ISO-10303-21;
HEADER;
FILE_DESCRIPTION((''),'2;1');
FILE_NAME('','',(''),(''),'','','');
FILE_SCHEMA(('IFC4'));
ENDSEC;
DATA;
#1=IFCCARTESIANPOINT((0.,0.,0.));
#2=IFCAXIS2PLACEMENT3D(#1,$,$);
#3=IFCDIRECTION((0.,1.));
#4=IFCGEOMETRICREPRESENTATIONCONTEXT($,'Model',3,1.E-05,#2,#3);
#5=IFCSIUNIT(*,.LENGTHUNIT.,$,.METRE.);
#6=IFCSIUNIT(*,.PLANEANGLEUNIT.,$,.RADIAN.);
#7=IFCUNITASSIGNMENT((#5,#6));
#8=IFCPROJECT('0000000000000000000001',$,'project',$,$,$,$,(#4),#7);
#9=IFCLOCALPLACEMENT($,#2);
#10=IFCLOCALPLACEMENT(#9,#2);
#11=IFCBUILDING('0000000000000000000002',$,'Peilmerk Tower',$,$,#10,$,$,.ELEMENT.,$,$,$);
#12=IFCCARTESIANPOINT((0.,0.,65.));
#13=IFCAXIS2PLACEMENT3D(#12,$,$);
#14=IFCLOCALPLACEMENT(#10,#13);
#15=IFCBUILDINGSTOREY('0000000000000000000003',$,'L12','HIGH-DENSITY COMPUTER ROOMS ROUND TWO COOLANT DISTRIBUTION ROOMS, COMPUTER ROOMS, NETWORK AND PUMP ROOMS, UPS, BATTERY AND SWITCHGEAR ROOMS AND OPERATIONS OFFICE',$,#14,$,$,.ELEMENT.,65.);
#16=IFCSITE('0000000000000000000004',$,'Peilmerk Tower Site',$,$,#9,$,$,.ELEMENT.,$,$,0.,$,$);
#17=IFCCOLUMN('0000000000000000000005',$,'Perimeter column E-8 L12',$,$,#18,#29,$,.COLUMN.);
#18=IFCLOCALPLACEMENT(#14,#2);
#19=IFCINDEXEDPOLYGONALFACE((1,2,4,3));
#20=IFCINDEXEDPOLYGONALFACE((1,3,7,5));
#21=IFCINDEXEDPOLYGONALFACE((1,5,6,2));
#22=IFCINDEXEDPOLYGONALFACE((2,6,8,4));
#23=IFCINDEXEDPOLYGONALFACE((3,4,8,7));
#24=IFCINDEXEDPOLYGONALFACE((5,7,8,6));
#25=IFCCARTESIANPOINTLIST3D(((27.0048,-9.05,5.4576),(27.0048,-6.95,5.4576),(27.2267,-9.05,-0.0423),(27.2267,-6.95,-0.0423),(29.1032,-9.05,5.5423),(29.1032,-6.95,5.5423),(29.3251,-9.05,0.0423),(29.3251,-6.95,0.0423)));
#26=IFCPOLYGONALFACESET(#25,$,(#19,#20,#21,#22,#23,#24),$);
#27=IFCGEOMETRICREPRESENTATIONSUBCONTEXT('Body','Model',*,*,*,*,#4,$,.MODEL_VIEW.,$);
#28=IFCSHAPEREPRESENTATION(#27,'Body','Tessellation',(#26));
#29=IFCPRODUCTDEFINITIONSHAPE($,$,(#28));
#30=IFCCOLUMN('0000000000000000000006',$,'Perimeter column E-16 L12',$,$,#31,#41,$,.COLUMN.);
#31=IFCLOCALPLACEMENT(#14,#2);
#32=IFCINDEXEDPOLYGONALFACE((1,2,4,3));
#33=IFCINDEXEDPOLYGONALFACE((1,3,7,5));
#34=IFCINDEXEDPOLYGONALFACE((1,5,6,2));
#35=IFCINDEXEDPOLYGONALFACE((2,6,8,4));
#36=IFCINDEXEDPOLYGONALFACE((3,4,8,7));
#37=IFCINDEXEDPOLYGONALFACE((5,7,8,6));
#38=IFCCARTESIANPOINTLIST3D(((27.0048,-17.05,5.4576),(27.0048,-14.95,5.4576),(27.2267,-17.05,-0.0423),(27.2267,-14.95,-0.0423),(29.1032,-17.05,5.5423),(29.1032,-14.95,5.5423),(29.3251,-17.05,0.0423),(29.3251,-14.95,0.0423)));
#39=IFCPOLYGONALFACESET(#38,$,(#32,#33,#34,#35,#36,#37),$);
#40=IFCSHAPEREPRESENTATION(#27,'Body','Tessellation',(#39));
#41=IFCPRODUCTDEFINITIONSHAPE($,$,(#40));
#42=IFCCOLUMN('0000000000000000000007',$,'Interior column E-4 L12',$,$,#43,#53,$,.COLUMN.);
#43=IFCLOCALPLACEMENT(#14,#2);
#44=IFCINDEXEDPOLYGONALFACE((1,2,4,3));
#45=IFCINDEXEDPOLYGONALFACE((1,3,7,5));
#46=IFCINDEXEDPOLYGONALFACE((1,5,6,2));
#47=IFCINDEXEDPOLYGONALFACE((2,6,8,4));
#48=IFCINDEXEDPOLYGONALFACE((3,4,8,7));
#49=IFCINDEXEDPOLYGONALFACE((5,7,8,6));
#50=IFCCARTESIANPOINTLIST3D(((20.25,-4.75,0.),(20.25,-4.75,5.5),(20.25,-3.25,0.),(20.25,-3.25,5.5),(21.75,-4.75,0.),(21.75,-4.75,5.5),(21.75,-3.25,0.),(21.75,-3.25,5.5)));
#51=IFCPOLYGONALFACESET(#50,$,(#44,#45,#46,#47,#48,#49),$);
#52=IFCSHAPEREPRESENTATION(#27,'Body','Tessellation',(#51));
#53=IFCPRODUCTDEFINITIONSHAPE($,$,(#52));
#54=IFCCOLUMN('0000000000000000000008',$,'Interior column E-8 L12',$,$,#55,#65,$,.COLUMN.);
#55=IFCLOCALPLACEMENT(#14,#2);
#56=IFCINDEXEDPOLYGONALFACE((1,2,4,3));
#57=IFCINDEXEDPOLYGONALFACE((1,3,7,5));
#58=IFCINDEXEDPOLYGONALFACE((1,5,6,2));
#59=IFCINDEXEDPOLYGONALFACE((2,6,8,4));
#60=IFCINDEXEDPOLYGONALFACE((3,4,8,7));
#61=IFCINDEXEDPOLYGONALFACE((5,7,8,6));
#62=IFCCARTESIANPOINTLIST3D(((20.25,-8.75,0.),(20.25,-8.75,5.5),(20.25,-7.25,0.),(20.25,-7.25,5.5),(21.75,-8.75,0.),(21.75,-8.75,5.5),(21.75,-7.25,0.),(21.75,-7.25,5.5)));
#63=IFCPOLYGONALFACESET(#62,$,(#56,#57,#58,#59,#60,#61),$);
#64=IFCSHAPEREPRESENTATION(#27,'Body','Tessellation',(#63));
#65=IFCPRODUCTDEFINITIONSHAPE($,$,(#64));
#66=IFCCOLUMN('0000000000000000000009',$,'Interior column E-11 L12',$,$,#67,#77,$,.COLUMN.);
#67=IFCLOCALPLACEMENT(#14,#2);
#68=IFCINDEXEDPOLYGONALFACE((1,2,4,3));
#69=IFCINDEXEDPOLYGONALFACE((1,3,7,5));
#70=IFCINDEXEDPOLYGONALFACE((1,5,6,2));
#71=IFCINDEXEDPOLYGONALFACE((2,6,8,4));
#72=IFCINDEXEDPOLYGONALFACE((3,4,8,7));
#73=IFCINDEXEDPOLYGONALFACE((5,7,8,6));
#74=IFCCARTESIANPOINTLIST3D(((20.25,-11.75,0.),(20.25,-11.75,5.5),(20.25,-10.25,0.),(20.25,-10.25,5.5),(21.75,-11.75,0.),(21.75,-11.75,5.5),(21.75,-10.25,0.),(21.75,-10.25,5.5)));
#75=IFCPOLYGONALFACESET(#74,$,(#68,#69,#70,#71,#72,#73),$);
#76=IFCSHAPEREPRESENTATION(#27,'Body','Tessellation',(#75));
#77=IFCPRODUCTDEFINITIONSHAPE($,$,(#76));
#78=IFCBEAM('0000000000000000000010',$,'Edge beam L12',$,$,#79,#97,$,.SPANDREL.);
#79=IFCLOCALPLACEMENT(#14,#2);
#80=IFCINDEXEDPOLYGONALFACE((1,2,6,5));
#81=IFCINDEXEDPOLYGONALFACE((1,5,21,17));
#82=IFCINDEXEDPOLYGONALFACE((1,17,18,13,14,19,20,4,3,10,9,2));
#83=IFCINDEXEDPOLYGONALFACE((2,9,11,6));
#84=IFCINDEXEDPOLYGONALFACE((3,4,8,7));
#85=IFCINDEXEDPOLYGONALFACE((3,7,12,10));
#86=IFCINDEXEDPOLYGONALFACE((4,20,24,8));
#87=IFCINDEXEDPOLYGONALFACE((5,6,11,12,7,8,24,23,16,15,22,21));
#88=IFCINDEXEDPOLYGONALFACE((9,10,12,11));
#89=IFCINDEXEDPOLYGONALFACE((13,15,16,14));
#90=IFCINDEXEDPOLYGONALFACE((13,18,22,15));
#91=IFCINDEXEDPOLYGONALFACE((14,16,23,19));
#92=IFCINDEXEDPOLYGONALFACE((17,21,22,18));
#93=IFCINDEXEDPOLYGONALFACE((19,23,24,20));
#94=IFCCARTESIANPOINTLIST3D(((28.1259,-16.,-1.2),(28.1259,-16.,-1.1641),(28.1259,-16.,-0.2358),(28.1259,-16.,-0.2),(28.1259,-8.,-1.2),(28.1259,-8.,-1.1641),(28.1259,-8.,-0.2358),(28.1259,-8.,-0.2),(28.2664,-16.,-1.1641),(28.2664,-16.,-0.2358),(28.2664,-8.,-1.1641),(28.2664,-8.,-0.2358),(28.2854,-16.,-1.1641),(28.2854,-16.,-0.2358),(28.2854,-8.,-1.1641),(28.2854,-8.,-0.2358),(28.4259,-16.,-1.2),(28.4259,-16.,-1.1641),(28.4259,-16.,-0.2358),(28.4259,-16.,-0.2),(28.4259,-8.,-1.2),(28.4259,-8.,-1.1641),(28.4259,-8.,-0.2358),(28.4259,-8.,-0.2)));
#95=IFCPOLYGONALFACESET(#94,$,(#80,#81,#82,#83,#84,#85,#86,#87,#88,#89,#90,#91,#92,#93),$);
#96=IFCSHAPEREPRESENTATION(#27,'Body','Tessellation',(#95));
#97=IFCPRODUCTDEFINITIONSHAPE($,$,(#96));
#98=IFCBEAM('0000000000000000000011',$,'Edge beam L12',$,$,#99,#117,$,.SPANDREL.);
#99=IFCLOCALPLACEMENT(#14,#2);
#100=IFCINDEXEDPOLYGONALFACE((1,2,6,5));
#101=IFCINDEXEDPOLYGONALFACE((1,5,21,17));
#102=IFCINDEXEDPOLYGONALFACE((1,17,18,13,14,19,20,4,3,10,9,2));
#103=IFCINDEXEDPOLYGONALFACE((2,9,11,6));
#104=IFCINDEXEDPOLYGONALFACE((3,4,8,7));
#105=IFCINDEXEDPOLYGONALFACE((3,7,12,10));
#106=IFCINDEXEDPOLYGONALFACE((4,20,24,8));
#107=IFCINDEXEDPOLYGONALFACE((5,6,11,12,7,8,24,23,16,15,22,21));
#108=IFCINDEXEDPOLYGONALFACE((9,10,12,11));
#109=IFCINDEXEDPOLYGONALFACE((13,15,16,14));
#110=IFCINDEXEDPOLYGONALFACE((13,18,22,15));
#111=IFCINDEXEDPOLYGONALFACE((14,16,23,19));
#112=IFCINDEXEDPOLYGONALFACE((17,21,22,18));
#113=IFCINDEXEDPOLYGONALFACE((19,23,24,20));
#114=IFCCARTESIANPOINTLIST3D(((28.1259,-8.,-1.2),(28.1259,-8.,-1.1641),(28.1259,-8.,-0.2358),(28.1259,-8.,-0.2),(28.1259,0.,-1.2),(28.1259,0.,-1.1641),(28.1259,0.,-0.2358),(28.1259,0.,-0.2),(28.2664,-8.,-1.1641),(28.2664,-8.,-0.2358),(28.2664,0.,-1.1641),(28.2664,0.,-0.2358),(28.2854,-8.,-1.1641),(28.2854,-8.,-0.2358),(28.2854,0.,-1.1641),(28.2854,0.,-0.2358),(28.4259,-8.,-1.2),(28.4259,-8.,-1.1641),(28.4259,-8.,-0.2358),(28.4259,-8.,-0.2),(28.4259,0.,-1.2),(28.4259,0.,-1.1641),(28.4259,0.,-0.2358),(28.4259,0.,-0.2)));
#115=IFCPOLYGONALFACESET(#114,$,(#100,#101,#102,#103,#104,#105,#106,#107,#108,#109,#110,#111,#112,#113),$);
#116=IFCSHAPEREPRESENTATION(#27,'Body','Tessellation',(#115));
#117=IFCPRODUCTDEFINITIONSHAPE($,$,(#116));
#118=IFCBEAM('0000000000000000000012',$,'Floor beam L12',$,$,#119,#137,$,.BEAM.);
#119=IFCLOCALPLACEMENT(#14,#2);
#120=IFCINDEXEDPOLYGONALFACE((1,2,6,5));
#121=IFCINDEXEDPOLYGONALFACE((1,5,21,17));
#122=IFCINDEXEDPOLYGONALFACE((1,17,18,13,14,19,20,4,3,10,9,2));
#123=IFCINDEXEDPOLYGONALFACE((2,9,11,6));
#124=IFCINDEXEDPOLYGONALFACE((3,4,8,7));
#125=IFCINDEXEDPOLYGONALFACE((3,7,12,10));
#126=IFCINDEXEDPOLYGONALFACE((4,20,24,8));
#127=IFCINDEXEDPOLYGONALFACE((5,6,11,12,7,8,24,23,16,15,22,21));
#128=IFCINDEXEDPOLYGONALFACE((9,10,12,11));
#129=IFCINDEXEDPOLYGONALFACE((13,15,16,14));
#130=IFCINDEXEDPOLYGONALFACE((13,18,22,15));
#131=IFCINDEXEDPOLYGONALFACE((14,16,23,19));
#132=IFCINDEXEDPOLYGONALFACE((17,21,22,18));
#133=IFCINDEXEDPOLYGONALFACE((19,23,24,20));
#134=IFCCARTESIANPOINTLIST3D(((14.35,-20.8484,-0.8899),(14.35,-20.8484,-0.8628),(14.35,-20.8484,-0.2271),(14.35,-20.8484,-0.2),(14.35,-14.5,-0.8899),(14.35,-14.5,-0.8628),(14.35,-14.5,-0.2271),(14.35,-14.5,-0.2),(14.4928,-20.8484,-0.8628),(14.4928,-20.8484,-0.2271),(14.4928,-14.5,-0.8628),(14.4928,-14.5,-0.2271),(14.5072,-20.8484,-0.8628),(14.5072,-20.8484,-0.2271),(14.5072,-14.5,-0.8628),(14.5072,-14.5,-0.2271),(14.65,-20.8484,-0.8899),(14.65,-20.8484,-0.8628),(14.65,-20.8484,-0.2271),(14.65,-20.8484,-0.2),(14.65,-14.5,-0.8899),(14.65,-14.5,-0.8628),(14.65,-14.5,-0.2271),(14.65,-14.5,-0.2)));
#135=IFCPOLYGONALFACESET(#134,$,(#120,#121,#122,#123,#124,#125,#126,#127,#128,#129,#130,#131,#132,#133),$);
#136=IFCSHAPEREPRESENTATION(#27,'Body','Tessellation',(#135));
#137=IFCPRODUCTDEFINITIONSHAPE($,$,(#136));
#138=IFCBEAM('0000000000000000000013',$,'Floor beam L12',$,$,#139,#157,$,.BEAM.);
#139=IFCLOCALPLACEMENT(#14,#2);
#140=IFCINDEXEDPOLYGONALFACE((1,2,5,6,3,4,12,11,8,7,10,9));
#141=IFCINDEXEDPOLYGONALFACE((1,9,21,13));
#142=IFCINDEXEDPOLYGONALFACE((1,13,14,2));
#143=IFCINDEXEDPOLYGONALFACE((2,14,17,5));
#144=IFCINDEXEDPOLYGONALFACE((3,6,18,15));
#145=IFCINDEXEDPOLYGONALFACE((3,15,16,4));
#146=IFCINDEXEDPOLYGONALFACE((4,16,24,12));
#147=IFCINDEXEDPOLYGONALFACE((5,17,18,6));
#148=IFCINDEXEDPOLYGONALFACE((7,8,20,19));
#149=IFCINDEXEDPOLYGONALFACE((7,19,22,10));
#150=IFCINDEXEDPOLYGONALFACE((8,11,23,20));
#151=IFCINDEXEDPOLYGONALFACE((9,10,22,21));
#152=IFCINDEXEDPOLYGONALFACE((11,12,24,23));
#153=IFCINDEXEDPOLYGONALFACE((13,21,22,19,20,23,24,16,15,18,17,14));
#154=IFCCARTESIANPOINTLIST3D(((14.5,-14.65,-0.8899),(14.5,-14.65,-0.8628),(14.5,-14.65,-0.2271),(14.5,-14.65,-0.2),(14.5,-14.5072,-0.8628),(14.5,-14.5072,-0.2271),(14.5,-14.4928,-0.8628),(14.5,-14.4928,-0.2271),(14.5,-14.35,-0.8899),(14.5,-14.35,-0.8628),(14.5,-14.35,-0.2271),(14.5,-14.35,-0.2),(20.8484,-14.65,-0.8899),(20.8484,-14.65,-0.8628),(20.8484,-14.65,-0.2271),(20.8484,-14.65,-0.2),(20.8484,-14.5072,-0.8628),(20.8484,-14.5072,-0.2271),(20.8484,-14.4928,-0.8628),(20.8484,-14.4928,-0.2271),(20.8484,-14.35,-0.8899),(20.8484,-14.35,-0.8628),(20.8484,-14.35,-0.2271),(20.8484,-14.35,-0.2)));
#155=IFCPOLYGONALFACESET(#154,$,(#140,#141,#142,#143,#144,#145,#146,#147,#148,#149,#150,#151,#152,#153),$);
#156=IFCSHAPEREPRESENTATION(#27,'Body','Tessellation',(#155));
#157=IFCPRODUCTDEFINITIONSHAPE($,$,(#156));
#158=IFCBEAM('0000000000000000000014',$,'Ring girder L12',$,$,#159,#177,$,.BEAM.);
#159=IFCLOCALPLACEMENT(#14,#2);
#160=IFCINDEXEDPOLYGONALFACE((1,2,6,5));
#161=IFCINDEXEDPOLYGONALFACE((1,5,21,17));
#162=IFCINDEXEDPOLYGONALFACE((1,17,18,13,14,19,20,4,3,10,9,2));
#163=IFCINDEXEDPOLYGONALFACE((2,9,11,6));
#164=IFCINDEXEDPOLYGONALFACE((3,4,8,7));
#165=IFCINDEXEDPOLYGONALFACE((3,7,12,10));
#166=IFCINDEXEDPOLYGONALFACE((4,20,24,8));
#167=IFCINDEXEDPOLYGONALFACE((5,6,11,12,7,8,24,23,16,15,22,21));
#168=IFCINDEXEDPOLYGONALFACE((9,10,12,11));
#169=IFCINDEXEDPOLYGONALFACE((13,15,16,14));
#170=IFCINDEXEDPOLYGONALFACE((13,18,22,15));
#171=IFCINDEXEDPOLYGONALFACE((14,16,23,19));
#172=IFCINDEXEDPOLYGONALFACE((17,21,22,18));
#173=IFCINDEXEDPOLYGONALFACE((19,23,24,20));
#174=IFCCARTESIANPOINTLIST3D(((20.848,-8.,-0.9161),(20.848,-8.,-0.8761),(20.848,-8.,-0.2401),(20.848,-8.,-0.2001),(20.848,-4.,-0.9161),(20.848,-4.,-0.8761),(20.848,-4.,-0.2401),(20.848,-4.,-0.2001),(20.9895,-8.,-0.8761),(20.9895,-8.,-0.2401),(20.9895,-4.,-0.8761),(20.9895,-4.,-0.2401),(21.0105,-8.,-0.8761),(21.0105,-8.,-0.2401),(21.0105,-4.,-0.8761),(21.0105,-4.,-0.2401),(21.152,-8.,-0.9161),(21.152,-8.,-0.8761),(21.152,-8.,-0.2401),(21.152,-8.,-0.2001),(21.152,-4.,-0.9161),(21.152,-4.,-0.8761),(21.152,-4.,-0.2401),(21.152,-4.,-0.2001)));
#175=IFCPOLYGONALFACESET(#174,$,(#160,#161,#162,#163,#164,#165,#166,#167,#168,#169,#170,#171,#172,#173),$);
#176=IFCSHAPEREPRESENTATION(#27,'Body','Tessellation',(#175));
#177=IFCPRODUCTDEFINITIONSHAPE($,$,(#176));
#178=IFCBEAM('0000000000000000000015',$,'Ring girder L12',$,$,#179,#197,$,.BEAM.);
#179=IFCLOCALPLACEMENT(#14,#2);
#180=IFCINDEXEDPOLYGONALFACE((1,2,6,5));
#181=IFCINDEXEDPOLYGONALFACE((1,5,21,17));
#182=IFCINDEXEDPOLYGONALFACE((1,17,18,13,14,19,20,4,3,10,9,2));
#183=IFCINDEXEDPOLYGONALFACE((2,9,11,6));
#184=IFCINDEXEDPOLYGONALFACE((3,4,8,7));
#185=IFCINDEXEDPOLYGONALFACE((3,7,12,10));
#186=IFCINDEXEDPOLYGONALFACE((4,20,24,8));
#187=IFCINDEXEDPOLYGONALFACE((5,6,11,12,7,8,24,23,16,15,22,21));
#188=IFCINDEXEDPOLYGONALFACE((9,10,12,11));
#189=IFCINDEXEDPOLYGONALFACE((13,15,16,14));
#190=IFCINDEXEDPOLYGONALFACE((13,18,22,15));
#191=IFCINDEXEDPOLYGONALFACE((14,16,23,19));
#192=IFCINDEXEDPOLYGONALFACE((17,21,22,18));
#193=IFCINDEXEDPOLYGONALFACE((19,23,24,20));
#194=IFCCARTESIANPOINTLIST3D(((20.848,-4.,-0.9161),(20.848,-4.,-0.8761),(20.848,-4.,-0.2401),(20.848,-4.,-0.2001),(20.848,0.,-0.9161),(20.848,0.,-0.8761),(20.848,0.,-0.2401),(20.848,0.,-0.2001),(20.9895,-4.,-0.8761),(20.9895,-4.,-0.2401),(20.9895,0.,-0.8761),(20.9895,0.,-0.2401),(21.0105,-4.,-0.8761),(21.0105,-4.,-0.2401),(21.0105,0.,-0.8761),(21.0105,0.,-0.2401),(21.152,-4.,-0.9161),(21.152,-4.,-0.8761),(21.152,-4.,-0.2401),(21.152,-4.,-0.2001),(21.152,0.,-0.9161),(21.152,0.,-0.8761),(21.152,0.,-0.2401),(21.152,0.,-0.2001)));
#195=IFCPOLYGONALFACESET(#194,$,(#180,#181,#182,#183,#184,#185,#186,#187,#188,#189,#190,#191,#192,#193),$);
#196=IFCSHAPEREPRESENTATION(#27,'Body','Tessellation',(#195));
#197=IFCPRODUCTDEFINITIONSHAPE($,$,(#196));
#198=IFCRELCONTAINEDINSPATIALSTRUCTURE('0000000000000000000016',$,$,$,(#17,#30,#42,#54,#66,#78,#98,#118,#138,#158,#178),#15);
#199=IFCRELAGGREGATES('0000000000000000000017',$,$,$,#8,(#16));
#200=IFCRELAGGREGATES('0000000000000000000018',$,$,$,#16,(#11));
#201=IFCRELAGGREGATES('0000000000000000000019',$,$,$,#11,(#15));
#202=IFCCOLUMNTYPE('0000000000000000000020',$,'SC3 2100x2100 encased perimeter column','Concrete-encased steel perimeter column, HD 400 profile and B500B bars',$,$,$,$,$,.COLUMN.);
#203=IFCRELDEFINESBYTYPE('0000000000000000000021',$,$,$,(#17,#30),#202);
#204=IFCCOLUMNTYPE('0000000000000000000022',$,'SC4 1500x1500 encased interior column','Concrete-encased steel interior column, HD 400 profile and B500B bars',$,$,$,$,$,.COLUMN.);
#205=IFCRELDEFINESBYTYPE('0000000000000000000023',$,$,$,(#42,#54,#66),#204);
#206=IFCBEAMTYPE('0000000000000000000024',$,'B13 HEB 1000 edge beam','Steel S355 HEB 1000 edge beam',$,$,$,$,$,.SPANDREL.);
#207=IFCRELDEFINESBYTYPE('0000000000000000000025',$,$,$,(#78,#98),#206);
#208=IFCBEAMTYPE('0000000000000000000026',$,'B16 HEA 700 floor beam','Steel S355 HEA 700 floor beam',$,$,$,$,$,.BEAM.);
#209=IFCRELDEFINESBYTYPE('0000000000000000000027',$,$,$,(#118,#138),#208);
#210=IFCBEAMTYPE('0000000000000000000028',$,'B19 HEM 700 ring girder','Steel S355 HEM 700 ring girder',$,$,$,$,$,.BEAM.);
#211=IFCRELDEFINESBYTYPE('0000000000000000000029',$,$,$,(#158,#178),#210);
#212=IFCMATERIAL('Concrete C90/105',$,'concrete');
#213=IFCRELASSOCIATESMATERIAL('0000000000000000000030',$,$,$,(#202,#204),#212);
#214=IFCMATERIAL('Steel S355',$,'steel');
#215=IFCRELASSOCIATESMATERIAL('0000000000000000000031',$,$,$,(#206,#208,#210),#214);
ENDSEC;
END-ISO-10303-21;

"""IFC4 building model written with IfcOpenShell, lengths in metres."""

from ifc_helpers import new_model, si_unit, direction, frame, origin, origin_2d, place, context, subcontext, project, spatial, rectangle, i_section, extrude, material, material_profile, profile_set, type_object, element, save


model = new_model("IFC4")

# Units and contexts
model_context = context("Model", 3, precision=1e-05, world=origin(), true_north=direction((0.0, 1.0)))
body_context = subcontext(model_context, "Body", "Model", "MODEL_VIEW")
ifc_project = project(units=[si_unit("LENGTHUNIT", "METRE"), si_unit("PLANEANGLEUNIT", "RADIAN")], contexts=[model_context])

# Site, building, storey
site_placement = place(None, origin())
site = spatial("IfcSite", under=ifc_project, at=site_placement, Name="Peilmerk Tower Site", CompositionType="ELEMENT", RefElevation=0.0)
building_placement = place(site_placement, origin())
building = spatial("IfcBuilding", under=site, at=building_placement, Name="Peilmerk Tower", CompositionType="ELEMENT")
storey_placement = place(building_placement, frame((0.0, 0.0, 65.0)))
storey = spatial("IfcBuildingStorey", under=building, at=storey_placement, Name="L12", Description="HIGH-DENSITY COMPUTER ROOMS ROUND TWO COOLANT DISTRIBUTION ROOMS, COMPUTER ROOMS, NETWORK AND PUMP ROOMS, UPS, BATTERY AND SWITCHGEAR ROOMS AND OPERATIONS OFFICE", CompositionType="ELEMENT", Elevation=65.0)

# Columns
ifc_material_1 = material(Name="Concrete C90/105", Category="concrete")
ifc_material_profile_1 = material_profile(ifc_material_1, rectangle(XDim=2.1001, YDim=2.1001, at=origin_2d()), Name="RC 2100x2100")
ifc_profile_set_1 = profile_set([ifc_material_profile_1], Name="Concrete C90/105")
column_type_1 = type_object("IfcColumnType", Name="SC3 2100x2100 encased perimeter column", Description="Concrete-encased steel perimeter column, HD 400 profile and B500B bars", PredefinedType="COLUMN", material=ifc_profile_set_1)
for number, where, z_axis, x_axis, name in (
    (1, (28.2759, -8.0, 0.0), (-0.040317, 0.0, 0.999187), (0.0, -1.0, 0.0), "Perimeter column E-8 L12"),
    (2, (28.2759, -16.0, 0.0), (-0.040317, 0.0, 0.999187), (0.0, -1.0, 0.0), "Perimeter column E-16 L12"),
):
    element("IfcColumn", number, at=place(storey_placement, frame(where, z_axis=z_axis, x_axis=x_axis)), inside=storey, type_object=column_type_1, Name=name, PredefinedType="COLUMN", context=body_context, shape_type="SweptSolid", body=[
        extrude(rectangle(XDim=2.1001, YDim=2.1001, at=origin_2d()), origin(), (0.0, 0.0, 1.0), 5.5044),
    ])
ifc_material_profile_2 = material_profile(ifc_material_1, rectangle(XDim=1.5, YDim=1.5, at=origin_2d()), Name="RC 1500x1500")
ifc_profile_set_2 = profile_set([ifc_material_profile_2], Name="Concrete C90/105")
column_type_2 = type_object("IfcColumnType", Name="SC4 1500x1500 encased interior column", Description="Concrete-encased steel interior column, HD 400 profile and B500B bars", PredefinedType="COLUMN", material=ifc_profile_set_2)
for number, where, z_axis, x_axis, name in (
    (3, (21.0, -4.0, 0.0), (0.0, 0.0, 1.0), (1.0, 0.0, 0.0), "Interior column E-4 L12"),
    (4, (21.0, -8.0, 0.0), (0.0, 0.0, 1.0), (1.0, 0.0, 0.0), "Interior column E-8 L12"),
    (5, (21.0, -11.0, 0.0), (0.0, 0.0, 1.0), (1.0, 0.0, 0.0), "Interior column E-11 L12"),
):
    element("IfcColumn", number, at=place(storey_placement, frame(where, z_axis=z_axis, x_axis=x_axis)), inside=storey, type_object=column_type_2, Name=name, PredefinedType="COLUMN", context=body_context, shape_type="SweptSolid", body=[
        extrude(rectangle(XDim=1.5, YDim=1.5, at=origin_2d()), origin(), (0.0, 0.0, 1.0), 5.5),
    ])

# Beams
ifc_material_2 = material(Name="Steel S355", Category="steel")
ifc_material_profile_3 = material_profile(ifc_material_2, i_section(OverallWidth=0.3, OverallDepth=1.0, WebThickness=0.019, FlangeThickness=0.0359, at=origin_2d()), Name="HEB 1000")
ifc_profile_set_3 = profile_set([ifc_material_profile_3], Name="Steel S355")
beam_type_1 = type_object("IfcBeamType", Name="B13 HEB 1000 edge beam", Description="Steel S355 HEB 1000 edge beam", PredefinedType="SPANDREL", material=ifc_profile_set_3)
for number, where, z_axis, x_axis, name in (
    (6, (28.2759, -16.0, -0.7), (0.0, 1.0, 0.0), (-1.0, 0.0, 0.0), "Edge beam L12"),
    (7, (28.2759, -8.0, -0.7), (0.0, 1.0, 0.0), (-1.0, 0.0, 0.0), "Edge beam L12"),
):
    element("IfcBeam", number, at=place(storey_placement, frame(where, z_axis=z_axis, x_axis=x_axis)), inside=storey, type_object=beam_type_1, Name=name, PredefinedType="SPANDREL", context=body_context, shape_type="SweptSolid", body=[
        extrude(i_section(OverallWidth=0.3, OverallDepth=1.0, WebThickness=0.019, FlangeThickness=0.0359, at=origin_2d()), origin(), (0.0, 0.0, 1.0), 8.0),
    ])
ifc_material_profile_4 = material_profile(ifc_material_2, i_section(OverallWidth=0.3, OverallDepth=0.6899, WebThickness=0.0144, FlangeThickness=0.0271, at=origin_2d()), Name="HEA 700")
ifc_profile_set_4 = profile_set([ifc_material_profile_4], Name="Steel S355")
beam_type_2 = type_object("IfcBeamType", Name="B16 HEA 700 floor beam", Description="Steel S355 HEA 700 floor beam", PredefinedType="BEAM", material=ifc_profile_set_4)
for number, where, z_axis, x_axis, name in (
    (8, (14.5, -14.5, -0.5449), (0.0, -1.0, 0.0), (1.0, 0.0, 0.0), "Floor beam L12"),
    (9, (14.5, -14.5, -0.5449), (1.0, 0.0, 0.0), (0.0, 1.0, 0.0), "Floor beam L12"),
):
    element("IfcBeam", number, at=place(storey_placement, frame(where, z_axis=z_axis, x_axis=x_axis)), inside=storey, type_object=beam_type_2, Name=name, PredefinedType="BEAM", context=body_context, shape_type="SweptSolid", body=[
        extrude(i_section(OverallWidth=0.3, OverallDepth=0.6899, WebThickness=0.0144, FlangeThickness=0.0271, at=origin_2d()), origin(), (0.0, 0.0, 1.0), 6.3484),
    ])
ifc_material_profile_5 = material_profile(ifc_material_2, i_section(OverallWidth=0.304, OverallDepth=0.7161, WebThickness=0.021, FlangeThickness=0.04, at=origin_2d()), Name="HEM 700")
ifc_profile_set_5 = profile_set([ifc_material_profile_5], Name="Steel S355")
beam_type_3 = type_object("IfcBeamType", Name="B19 HEM 700 ring girder", Description="Steel S355 HEM 700 ring girder", PredefinedType="BEAM", material=ifc_profile_set_5)
for number, where, z_axis, x_axis, name in (
    (10, (21.0, -8.0, -0.5581), (0.0, 1.0, 0.0), (-1.0, 0.0, 0.0), "Ring girder L12"),
    (11, (21.0, -4.0, -0.5581), (0.0, 1.0, 0.0), (-1.0, 0.0, 0.0), "Ring girder L12"),
):
    element("IfcBeam", number, at=place(storey_placement, frame(where, z_axis=z_axis, x_axis=x_axis)), inside=storey, type_object=beam_type_3, Name=name, PredefinedType="BEAM", context=body_context, shape_type="SweptSolid", body=[
        extrude(i_section(OverallWidth=0.304, OverallDepth=0.7161, WebThickness=0.021, FlangeThickness=0.04, at=origin_2d()), origin(), (0.0, 0.0, 1.0), 4.0),
    ])

save(model, "model.ifc")
